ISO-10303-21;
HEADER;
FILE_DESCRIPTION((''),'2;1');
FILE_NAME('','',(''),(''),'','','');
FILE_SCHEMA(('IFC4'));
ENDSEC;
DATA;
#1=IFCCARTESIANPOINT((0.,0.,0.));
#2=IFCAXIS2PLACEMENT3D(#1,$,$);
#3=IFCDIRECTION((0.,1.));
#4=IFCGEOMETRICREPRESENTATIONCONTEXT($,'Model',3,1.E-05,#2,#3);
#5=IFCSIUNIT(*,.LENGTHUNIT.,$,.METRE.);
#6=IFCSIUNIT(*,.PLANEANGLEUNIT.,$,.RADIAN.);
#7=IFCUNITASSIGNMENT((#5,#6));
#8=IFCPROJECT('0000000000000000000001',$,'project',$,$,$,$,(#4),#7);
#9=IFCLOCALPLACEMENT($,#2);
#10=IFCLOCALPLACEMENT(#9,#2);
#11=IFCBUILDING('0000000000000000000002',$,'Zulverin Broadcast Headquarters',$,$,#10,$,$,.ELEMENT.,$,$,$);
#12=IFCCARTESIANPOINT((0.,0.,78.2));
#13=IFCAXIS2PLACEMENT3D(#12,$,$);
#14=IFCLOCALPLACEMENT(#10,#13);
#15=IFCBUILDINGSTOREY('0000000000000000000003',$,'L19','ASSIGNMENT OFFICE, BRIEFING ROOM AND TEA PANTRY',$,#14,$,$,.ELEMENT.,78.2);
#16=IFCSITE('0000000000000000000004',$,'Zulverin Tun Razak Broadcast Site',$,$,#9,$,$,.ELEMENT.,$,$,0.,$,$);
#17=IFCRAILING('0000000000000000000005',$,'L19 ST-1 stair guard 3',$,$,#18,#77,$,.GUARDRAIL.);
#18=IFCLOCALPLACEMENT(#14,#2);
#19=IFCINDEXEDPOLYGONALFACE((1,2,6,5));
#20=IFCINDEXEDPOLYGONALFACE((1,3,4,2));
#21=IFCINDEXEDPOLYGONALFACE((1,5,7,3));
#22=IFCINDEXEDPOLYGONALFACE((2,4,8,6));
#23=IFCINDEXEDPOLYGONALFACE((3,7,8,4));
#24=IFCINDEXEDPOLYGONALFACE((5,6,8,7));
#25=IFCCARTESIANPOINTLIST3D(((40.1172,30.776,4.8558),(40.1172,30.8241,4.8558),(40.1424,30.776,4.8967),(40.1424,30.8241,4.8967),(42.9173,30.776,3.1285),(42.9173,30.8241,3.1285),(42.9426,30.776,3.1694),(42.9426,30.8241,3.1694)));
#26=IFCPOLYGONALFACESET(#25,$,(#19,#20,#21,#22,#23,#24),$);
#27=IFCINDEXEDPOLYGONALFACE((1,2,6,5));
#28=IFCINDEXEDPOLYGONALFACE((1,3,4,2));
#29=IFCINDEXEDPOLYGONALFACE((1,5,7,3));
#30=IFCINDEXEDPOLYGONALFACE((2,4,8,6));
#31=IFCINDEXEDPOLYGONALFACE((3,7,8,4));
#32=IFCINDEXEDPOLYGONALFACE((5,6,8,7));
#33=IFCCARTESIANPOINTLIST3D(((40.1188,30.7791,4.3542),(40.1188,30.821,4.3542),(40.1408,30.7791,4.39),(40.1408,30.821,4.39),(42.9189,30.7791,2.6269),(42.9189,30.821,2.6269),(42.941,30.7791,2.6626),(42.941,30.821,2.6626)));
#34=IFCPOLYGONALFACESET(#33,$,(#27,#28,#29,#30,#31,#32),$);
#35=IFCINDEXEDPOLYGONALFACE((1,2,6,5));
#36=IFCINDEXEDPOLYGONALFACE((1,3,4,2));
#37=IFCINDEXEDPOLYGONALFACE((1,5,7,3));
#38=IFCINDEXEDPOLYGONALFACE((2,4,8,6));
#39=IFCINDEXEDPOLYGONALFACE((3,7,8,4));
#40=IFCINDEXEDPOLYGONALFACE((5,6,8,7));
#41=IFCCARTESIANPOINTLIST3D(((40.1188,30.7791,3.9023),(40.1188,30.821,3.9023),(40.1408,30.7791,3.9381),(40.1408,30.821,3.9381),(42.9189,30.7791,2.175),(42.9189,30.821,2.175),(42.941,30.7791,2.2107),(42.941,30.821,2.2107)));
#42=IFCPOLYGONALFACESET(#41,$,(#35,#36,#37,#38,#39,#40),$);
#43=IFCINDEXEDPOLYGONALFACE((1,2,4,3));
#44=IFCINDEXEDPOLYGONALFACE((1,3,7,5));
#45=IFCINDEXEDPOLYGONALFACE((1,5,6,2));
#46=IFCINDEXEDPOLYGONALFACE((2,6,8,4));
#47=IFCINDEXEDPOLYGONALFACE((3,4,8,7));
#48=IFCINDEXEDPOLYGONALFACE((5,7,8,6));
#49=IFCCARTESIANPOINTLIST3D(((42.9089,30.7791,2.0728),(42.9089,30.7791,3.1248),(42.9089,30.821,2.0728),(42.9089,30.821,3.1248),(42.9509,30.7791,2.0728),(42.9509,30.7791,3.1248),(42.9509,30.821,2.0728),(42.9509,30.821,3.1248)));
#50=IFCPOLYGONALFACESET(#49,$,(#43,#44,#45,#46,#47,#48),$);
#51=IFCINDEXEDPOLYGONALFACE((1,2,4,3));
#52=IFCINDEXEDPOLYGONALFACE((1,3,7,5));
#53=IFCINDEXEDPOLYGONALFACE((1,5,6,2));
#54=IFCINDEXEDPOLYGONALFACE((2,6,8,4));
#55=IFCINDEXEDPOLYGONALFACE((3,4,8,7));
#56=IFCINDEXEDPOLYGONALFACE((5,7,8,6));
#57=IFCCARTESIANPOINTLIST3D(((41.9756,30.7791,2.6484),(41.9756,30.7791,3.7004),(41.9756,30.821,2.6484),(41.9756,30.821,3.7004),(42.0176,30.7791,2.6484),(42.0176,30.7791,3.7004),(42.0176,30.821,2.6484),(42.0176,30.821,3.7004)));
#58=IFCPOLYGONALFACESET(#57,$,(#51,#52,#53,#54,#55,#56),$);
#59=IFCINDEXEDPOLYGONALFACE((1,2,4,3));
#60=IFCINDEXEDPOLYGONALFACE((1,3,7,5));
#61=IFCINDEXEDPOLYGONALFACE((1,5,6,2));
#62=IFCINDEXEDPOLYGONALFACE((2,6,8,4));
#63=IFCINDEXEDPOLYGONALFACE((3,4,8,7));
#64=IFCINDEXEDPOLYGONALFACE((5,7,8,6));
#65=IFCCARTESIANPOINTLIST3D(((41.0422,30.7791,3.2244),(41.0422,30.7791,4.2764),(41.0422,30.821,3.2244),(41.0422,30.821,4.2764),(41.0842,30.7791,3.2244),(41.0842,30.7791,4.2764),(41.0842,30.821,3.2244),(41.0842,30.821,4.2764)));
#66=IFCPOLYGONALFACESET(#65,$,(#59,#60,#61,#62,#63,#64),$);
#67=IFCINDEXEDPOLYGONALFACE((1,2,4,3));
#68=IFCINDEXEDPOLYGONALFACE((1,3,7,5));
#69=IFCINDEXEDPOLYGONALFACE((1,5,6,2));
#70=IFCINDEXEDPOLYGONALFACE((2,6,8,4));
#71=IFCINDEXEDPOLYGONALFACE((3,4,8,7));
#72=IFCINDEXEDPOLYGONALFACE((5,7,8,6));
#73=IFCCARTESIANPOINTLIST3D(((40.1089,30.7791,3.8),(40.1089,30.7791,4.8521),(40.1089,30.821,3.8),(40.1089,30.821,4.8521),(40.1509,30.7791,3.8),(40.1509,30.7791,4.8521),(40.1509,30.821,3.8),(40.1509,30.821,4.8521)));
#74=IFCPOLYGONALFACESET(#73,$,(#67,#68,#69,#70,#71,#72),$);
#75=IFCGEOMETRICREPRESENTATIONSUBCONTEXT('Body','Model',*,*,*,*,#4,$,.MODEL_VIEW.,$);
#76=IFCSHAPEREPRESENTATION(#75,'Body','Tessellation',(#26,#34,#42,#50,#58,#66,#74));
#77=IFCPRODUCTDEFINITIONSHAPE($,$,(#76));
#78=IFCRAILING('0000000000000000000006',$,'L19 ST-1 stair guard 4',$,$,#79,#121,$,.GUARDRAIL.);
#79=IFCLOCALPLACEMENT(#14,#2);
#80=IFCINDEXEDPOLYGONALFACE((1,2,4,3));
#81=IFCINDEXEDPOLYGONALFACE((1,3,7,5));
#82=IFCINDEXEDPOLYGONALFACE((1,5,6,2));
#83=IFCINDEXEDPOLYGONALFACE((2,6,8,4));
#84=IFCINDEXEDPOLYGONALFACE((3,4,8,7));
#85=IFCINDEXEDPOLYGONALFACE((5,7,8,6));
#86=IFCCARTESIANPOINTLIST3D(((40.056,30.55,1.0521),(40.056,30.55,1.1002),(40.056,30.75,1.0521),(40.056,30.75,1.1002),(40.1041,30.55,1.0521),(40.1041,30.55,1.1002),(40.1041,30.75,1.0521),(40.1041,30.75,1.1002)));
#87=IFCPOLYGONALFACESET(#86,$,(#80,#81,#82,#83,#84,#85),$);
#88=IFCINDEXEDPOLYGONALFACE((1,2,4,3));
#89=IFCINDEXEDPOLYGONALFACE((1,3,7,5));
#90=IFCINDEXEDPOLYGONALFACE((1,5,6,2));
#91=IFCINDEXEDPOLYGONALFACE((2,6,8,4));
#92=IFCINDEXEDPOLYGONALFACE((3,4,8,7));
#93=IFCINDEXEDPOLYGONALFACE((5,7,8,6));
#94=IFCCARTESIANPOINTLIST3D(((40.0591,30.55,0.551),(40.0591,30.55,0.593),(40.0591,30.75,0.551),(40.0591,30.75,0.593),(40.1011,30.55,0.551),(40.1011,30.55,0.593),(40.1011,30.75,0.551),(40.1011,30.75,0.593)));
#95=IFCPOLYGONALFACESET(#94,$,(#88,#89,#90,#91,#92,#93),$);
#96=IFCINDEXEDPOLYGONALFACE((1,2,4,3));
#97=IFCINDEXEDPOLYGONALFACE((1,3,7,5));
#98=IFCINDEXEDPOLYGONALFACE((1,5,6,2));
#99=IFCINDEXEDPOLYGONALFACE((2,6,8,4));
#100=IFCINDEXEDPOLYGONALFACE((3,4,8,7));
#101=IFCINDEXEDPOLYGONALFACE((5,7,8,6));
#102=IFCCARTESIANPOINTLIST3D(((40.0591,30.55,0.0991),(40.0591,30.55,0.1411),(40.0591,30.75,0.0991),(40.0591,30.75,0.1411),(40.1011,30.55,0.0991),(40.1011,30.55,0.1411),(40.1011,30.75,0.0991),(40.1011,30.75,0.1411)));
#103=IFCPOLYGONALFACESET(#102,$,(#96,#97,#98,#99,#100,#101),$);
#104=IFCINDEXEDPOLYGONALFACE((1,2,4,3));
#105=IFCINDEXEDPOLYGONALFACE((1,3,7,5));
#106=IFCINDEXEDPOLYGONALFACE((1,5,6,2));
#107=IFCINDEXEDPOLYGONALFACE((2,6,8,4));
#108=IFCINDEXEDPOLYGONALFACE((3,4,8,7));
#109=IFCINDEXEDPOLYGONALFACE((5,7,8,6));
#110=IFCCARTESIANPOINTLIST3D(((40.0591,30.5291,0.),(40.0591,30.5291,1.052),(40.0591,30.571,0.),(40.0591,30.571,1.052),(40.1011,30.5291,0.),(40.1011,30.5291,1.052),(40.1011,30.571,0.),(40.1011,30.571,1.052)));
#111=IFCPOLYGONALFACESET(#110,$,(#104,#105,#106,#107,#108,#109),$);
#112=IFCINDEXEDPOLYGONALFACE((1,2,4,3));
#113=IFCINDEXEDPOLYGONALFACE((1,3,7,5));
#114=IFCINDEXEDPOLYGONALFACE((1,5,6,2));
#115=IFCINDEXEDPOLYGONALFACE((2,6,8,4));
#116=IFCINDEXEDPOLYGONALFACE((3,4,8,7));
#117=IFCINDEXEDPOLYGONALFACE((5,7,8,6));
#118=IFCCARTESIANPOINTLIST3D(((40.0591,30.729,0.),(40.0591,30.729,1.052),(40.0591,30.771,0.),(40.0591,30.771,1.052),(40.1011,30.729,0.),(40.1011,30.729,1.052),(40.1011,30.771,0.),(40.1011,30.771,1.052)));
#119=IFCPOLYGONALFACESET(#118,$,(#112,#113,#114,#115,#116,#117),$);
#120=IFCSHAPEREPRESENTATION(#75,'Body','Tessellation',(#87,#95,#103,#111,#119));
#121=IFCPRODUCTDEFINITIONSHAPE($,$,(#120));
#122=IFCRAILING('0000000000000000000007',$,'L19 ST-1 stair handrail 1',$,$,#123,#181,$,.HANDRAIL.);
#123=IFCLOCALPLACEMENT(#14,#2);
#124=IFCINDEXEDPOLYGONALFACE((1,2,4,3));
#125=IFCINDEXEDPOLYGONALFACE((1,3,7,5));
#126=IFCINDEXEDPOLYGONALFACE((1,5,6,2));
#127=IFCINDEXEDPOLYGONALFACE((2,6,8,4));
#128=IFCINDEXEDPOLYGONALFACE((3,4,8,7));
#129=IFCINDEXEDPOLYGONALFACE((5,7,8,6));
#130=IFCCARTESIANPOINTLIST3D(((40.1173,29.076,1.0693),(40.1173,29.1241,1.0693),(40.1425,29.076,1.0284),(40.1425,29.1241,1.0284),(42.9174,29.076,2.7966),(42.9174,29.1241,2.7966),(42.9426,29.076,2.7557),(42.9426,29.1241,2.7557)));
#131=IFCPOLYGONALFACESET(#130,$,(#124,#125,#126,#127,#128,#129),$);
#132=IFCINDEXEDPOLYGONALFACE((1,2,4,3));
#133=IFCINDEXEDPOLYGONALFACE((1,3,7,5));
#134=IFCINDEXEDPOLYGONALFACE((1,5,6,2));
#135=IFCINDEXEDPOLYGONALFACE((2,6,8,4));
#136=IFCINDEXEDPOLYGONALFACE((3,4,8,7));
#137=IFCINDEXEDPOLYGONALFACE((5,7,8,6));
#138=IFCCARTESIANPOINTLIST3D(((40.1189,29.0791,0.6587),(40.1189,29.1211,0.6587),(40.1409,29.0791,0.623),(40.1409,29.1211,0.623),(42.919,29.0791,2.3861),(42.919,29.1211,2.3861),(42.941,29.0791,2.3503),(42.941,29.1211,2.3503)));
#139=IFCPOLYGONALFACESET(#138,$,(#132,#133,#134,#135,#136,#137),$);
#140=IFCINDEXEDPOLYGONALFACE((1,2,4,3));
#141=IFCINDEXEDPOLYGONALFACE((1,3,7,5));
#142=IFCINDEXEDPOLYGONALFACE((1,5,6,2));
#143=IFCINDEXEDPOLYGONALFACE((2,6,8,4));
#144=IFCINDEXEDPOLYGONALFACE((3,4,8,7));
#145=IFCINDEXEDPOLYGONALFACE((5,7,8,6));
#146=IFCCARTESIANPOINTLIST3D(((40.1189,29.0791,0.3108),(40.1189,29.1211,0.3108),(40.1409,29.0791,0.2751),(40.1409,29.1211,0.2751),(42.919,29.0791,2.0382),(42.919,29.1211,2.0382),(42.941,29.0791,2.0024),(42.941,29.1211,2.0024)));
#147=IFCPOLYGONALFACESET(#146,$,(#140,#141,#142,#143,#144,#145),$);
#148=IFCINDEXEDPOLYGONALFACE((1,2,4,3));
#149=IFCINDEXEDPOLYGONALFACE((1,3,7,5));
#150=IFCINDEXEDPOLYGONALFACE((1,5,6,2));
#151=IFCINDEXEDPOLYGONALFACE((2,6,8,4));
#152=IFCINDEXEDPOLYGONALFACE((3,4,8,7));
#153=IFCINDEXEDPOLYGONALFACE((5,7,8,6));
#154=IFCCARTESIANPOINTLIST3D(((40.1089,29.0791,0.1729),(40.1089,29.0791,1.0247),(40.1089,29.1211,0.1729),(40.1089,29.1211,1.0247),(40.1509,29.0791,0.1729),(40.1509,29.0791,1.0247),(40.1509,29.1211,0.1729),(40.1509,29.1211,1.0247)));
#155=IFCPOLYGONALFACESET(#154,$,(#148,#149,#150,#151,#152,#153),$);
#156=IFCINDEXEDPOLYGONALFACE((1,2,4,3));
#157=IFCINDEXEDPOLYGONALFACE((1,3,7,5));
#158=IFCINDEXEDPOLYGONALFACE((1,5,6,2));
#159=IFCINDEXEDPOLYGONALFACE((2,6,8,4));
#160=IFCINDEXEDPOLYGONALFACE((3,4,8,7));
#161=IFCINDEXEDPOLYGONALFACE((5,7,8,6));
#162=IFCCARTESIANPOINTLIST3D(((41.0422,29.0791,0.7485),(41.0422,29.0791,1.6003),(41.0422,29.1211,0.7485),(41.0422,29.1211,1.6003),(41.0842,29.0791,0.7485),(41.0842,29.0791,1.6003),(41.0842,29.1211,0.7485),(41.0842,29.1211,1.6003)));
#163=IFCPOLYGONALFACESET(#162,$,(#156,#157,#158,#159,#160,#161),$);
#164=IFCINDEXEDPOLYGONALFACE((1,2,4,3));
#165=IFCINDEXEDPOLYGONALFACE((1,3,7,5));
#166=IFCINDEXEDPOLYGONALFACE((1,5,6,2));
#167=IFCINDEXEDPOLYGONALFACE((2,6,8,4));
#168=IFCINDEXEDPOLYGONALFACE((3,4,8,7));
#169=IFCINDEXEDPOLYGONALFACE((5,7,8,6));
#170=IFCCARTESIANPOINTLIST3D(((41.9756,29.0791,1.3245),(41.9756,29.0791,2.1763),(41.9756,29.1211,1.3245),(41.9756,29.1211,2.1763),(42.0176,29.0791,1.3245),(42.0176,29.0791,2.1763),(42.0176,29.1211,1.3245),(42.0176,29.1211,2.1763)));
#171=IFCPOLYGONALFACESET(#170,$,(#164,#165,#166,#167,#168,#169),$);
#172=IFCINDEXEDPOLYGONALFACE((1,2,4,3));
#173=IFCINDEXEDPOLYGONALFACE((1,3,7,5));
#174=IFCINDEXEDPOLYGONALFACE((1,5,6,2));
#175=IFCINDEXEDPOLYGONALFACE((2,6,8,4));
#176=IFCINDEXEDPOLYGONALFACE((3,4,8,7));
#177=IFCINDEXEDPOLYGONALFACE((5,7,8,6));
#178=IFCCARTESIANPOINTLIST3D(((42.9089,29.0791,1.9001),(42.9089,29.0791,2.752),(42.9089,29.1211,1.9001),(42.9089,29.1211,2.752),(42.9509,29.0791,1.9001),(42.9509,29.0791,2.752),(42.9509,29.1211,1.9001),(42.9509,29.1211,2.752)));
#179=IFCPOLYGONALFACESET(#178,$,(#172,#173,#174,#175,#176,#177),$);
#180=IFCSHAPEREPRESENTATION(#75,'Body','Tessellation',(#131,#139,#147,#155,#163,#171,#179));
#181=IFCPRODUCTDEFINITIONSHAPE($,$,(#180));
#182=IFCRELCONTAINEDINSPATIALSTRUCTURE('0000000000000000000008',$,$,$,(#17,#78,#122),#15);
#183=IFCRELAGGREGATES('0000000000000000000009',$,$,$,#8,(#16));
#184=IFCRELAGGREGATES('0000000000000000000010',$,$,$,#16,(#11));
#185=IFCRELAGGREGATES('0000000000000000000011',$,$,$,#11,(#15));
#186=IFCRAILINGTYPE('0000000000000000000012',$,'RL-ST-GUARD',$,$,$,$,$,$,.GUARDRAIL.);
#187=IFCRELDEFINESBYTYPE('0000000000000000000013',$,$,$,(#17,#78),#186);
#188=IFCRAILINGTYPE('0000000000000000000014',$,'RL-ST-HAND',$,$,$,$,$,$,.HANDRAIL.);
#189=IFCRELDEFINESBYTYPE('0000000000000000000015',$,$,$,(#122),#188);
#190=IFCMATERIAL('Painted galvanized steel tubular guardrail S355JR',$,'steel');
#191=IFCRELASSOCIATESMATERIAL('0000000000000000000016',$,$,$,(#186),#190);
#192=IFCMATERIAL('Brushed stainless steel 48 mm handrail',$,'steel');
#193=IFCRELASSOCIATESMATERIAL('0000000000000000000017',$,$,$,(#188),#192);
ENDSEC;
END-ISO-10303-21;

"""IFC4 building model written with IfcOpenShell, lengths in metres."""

from ifc_helpers import new_model, si_unit, direction, frame, origin, origin_2d, place, context, subcontext, project, spatial, rectangle, extrude, material, type_object, element, save


model = new_model("IFC4")

# Units and contexts
model_context = context("Model", 3, precision=1e-05, world=origin(), true_north=direction((0.0, 1.0)))
body_context = subcontext(model_context, "Body", "Model", "MODEL_VIEW")
ifc_project = project(units=[si_unit("LENGTHUNIT", "METRE"), si_unit("PLANEANGLEUNIT", "RADIAN")], contexts=[model_context])

# Site, building, storey
site_placement = place(None, origin())
site = spatial("IfcSite", under=ifc_project, at=site_placement, Name="Zulverin Tun Razak Broadcast Site", CompositionType="ELEMENT", RefElevation=0.0)
building_placement = place(site_placement, origin())
building = spatial("IfcBuilding", under=site, at=building_placement, Name="Zulverin Broadcast Headquarters", CompositionType="ELEMENT")
storey_placement = place(building_placement, frame((0.0, 0.0, 78.2)))
storey = spatial("IfcBuildingStorey", under=building, at=storey_placement, Name="L19", Description="ASSIGNMENT OFFICE, BRIEFING ROOM AND TEA PANTRY", CompositionType="ELEMENT", Elevation=78.2)

# Railings
ifc_material_1 = material(Name="Painted galvanized steel tubular guardrail S355JR", Category="steel")
railing_type_1 = type_object("IfcRailingType", Name="RL-ST-GUARD", PredefinedType="GUARDRAIL", material=ifc_material_1)
railing_1_placement = place(storey_placement, frame((42.9299, 30.8, 2.0728)))
element("IfcRailing", 1, at=railing_1_placement, inside=storey, type_object=railing_type_1, Name="L19 ST-1 stair guard 3", PredefinedType="GUARDRAIL", context=body_context, shape_type="SweptSolid", body=[
    extrude(rectangle(XDim=0.0481, YDim=0.0481, at=origin_2d()), frame((0.0, 0.0, 1.0762), z_axis=(-0.85109, 0.0, 0.52502), x_axis=(0.0, -1.0, 0.0)), (0.0, 0.0, 1.0), 3.29),
    extrude(rectangle(XDim=0.042, YDim=0.042, at=origin_2d()), frame((0.0, 0.0, 0.572), z_axis=(-0.85109, 0.0, 0.52502), x_axis=(0.0, -1.0, 0.0)), (0.0, 0.0, 1.0), 3.29),
    extrude(rectangle(XDim=0.042, YDim=0.042, at=origin_2d()), frame((0.0, 0.0, 0.1201), z_axis=(-0.85109, 0.0, 0.52502), x_axis=(0.0, -1.0, 0.0)), (0.0, 0.0, 1.0), 3.29),
    extrude(rectangle(XDim=0.042, YDim=0.042, at=origin_2d()), origin(), (0.0, 0.0, 1.0), 1.052),
    extrude(rectangle(XDim=0.042, YDim=0.042, at=origin_2d()), frame((-0.9333, 0.0, 0.5757)), (0.0, 0.0, 1.0), 1.052),
    extrude(rectangle(XDim=0.042, YDim=0.042, at=origin_2d()), frame((-1.8667, 0.0, 1.1516)), (0.0, 0.0, 1.0), 1.052),
    extrude(rectangle(XDim=0.042, YDim=0.042, at=origin_2d()), frame((-2.8, 0.0, 1.7273)), (0.0, 0.0, 1.0), 1.052),
])
railing_2_placement = place(storey_placement, frame((40.0801, 30.55, 0.0)))
element("IfcRailing", 2, at=railing_2_placement, inside=storey, type_object=railing_type_1, Name="L19 ST-1 stair guard 4", PredefinedType="GUARDRAIL", context=body_context, shape_type="SweptSolid", body=[
    extrude(rectangle(XDim=0.0481, YDim=0.0481, at=origin_2d()), frame((0.0, 0.0, 1.0762), z_axis=(0.0, 1.0, 0.0), x_axis=(-1.0, 0.0, 0.0)), (0.0, 0.0, 1.0), 0.2),
    extrude(rectangle(XDim=0.042, YDim=0.042, at=origin_2d()), frame((0.0, 0.0, 0.572), z_axis=(0.0, 1.0, 0.0), x_axis=(-1.0, 0.0, 0.0)), (0.0, 0.0, 1.0), 0.2),
    extrude(rectangle(XDim=0.042, YDim=0.042, at=origin_2d()), frame((0.0, 0.0, 0.1201), z_axis=(0.0, 1.0, 0.0), x_axis=(-1.0, 0.0, 0.0)), (0.0, 0.0, 1.0), 0.2),
    extrude(rectangle(XDim=0.042, YDim=0.042, at=origin_2d()), origin(), (0.0, 0.0, 1.0), 1.052),
    extrude(rectangle(XDim=0.042, YDim=0.042, at=origin_2d()), frame((0.0, 0.2, 0.0)), (0.0, 0.0, 1.0), 1.052),
])
ifc_material_2 = material(Name="Brushed stainless steel 48 mm handrail", Category="steel")
railing_type_2 = type_object("IfcRailingType", Name="RL-ST-HAND", PredefinedType="HANDRAIL", material=ifc_material_2)
railing_3_placement = place(storey_placement, frame((40.1299, 29.1001, 0.1729)))
element("IfcRailing", 3, at=railing_3_placement, inside=storey, type_object=railing_type_2, Name="L19 ST-1 stair handrail 1", PredefinedType="HANDRAIL", context=body_context, shape_type="SweptSolid", body=[
    extrude(rectangle(XDim=0.0481, YDim=0.0481, at=origin_2d()), frame((0.0, 0.0, 0.876), z_axis=(0.85109, 0.0, 0.52502), x_axis=(0.0, 1.0, 0.0)), (0.0, 0.0, 1.0), 3.29),
    extrude(rectangle(XDim=0.042, YDim=0.042, at=origin_2d()), frame((0.0, 0.0, 0.468), z_axis=(0.85109, 0.0, 0.52502), x_axis=(0.0, 1.0, 0.0)), (0.0, 0.0, 1.0), 3.29),
    extrude(rectangle(XDim=0.042, YDim=0.042, at=origin_2d()), frame((0.0, 0.0, 0.1201), z_axis=(0.85109, 0.0, 0.52502), x_axis=(0.0, 1.0, 0.0)), (0.0, 0.0, 1.0), 3.29),
    extrude(rectangle(XDim=0.042, YDim=0.042, at=origin_2d()), origin(), (0.0, 0.0, 1.0), 0.8518),
    extrude(rectangle(XDim=0.042, YDim=0.042, at=origin_2d()), frame((0.9333, 0.0, 0.5757)), (0.0, 0.0, 1.0), 0.8518),
    extrude(rectangle(XDim=0.042, YDim=0.042, at=origin_2d()), frame((1.8667, 0.0, 1.1516)), (0.0, 0.0, 1.0), 0.8518),
    extrude(rectangle(XDim=0.042, YDim=0.042, at=origin_2d()), frame((2.8, 0.0, 1.7273)), (0.0, 0.0, 1.0), 0.8518),
])

save(model, "model.ifc")
